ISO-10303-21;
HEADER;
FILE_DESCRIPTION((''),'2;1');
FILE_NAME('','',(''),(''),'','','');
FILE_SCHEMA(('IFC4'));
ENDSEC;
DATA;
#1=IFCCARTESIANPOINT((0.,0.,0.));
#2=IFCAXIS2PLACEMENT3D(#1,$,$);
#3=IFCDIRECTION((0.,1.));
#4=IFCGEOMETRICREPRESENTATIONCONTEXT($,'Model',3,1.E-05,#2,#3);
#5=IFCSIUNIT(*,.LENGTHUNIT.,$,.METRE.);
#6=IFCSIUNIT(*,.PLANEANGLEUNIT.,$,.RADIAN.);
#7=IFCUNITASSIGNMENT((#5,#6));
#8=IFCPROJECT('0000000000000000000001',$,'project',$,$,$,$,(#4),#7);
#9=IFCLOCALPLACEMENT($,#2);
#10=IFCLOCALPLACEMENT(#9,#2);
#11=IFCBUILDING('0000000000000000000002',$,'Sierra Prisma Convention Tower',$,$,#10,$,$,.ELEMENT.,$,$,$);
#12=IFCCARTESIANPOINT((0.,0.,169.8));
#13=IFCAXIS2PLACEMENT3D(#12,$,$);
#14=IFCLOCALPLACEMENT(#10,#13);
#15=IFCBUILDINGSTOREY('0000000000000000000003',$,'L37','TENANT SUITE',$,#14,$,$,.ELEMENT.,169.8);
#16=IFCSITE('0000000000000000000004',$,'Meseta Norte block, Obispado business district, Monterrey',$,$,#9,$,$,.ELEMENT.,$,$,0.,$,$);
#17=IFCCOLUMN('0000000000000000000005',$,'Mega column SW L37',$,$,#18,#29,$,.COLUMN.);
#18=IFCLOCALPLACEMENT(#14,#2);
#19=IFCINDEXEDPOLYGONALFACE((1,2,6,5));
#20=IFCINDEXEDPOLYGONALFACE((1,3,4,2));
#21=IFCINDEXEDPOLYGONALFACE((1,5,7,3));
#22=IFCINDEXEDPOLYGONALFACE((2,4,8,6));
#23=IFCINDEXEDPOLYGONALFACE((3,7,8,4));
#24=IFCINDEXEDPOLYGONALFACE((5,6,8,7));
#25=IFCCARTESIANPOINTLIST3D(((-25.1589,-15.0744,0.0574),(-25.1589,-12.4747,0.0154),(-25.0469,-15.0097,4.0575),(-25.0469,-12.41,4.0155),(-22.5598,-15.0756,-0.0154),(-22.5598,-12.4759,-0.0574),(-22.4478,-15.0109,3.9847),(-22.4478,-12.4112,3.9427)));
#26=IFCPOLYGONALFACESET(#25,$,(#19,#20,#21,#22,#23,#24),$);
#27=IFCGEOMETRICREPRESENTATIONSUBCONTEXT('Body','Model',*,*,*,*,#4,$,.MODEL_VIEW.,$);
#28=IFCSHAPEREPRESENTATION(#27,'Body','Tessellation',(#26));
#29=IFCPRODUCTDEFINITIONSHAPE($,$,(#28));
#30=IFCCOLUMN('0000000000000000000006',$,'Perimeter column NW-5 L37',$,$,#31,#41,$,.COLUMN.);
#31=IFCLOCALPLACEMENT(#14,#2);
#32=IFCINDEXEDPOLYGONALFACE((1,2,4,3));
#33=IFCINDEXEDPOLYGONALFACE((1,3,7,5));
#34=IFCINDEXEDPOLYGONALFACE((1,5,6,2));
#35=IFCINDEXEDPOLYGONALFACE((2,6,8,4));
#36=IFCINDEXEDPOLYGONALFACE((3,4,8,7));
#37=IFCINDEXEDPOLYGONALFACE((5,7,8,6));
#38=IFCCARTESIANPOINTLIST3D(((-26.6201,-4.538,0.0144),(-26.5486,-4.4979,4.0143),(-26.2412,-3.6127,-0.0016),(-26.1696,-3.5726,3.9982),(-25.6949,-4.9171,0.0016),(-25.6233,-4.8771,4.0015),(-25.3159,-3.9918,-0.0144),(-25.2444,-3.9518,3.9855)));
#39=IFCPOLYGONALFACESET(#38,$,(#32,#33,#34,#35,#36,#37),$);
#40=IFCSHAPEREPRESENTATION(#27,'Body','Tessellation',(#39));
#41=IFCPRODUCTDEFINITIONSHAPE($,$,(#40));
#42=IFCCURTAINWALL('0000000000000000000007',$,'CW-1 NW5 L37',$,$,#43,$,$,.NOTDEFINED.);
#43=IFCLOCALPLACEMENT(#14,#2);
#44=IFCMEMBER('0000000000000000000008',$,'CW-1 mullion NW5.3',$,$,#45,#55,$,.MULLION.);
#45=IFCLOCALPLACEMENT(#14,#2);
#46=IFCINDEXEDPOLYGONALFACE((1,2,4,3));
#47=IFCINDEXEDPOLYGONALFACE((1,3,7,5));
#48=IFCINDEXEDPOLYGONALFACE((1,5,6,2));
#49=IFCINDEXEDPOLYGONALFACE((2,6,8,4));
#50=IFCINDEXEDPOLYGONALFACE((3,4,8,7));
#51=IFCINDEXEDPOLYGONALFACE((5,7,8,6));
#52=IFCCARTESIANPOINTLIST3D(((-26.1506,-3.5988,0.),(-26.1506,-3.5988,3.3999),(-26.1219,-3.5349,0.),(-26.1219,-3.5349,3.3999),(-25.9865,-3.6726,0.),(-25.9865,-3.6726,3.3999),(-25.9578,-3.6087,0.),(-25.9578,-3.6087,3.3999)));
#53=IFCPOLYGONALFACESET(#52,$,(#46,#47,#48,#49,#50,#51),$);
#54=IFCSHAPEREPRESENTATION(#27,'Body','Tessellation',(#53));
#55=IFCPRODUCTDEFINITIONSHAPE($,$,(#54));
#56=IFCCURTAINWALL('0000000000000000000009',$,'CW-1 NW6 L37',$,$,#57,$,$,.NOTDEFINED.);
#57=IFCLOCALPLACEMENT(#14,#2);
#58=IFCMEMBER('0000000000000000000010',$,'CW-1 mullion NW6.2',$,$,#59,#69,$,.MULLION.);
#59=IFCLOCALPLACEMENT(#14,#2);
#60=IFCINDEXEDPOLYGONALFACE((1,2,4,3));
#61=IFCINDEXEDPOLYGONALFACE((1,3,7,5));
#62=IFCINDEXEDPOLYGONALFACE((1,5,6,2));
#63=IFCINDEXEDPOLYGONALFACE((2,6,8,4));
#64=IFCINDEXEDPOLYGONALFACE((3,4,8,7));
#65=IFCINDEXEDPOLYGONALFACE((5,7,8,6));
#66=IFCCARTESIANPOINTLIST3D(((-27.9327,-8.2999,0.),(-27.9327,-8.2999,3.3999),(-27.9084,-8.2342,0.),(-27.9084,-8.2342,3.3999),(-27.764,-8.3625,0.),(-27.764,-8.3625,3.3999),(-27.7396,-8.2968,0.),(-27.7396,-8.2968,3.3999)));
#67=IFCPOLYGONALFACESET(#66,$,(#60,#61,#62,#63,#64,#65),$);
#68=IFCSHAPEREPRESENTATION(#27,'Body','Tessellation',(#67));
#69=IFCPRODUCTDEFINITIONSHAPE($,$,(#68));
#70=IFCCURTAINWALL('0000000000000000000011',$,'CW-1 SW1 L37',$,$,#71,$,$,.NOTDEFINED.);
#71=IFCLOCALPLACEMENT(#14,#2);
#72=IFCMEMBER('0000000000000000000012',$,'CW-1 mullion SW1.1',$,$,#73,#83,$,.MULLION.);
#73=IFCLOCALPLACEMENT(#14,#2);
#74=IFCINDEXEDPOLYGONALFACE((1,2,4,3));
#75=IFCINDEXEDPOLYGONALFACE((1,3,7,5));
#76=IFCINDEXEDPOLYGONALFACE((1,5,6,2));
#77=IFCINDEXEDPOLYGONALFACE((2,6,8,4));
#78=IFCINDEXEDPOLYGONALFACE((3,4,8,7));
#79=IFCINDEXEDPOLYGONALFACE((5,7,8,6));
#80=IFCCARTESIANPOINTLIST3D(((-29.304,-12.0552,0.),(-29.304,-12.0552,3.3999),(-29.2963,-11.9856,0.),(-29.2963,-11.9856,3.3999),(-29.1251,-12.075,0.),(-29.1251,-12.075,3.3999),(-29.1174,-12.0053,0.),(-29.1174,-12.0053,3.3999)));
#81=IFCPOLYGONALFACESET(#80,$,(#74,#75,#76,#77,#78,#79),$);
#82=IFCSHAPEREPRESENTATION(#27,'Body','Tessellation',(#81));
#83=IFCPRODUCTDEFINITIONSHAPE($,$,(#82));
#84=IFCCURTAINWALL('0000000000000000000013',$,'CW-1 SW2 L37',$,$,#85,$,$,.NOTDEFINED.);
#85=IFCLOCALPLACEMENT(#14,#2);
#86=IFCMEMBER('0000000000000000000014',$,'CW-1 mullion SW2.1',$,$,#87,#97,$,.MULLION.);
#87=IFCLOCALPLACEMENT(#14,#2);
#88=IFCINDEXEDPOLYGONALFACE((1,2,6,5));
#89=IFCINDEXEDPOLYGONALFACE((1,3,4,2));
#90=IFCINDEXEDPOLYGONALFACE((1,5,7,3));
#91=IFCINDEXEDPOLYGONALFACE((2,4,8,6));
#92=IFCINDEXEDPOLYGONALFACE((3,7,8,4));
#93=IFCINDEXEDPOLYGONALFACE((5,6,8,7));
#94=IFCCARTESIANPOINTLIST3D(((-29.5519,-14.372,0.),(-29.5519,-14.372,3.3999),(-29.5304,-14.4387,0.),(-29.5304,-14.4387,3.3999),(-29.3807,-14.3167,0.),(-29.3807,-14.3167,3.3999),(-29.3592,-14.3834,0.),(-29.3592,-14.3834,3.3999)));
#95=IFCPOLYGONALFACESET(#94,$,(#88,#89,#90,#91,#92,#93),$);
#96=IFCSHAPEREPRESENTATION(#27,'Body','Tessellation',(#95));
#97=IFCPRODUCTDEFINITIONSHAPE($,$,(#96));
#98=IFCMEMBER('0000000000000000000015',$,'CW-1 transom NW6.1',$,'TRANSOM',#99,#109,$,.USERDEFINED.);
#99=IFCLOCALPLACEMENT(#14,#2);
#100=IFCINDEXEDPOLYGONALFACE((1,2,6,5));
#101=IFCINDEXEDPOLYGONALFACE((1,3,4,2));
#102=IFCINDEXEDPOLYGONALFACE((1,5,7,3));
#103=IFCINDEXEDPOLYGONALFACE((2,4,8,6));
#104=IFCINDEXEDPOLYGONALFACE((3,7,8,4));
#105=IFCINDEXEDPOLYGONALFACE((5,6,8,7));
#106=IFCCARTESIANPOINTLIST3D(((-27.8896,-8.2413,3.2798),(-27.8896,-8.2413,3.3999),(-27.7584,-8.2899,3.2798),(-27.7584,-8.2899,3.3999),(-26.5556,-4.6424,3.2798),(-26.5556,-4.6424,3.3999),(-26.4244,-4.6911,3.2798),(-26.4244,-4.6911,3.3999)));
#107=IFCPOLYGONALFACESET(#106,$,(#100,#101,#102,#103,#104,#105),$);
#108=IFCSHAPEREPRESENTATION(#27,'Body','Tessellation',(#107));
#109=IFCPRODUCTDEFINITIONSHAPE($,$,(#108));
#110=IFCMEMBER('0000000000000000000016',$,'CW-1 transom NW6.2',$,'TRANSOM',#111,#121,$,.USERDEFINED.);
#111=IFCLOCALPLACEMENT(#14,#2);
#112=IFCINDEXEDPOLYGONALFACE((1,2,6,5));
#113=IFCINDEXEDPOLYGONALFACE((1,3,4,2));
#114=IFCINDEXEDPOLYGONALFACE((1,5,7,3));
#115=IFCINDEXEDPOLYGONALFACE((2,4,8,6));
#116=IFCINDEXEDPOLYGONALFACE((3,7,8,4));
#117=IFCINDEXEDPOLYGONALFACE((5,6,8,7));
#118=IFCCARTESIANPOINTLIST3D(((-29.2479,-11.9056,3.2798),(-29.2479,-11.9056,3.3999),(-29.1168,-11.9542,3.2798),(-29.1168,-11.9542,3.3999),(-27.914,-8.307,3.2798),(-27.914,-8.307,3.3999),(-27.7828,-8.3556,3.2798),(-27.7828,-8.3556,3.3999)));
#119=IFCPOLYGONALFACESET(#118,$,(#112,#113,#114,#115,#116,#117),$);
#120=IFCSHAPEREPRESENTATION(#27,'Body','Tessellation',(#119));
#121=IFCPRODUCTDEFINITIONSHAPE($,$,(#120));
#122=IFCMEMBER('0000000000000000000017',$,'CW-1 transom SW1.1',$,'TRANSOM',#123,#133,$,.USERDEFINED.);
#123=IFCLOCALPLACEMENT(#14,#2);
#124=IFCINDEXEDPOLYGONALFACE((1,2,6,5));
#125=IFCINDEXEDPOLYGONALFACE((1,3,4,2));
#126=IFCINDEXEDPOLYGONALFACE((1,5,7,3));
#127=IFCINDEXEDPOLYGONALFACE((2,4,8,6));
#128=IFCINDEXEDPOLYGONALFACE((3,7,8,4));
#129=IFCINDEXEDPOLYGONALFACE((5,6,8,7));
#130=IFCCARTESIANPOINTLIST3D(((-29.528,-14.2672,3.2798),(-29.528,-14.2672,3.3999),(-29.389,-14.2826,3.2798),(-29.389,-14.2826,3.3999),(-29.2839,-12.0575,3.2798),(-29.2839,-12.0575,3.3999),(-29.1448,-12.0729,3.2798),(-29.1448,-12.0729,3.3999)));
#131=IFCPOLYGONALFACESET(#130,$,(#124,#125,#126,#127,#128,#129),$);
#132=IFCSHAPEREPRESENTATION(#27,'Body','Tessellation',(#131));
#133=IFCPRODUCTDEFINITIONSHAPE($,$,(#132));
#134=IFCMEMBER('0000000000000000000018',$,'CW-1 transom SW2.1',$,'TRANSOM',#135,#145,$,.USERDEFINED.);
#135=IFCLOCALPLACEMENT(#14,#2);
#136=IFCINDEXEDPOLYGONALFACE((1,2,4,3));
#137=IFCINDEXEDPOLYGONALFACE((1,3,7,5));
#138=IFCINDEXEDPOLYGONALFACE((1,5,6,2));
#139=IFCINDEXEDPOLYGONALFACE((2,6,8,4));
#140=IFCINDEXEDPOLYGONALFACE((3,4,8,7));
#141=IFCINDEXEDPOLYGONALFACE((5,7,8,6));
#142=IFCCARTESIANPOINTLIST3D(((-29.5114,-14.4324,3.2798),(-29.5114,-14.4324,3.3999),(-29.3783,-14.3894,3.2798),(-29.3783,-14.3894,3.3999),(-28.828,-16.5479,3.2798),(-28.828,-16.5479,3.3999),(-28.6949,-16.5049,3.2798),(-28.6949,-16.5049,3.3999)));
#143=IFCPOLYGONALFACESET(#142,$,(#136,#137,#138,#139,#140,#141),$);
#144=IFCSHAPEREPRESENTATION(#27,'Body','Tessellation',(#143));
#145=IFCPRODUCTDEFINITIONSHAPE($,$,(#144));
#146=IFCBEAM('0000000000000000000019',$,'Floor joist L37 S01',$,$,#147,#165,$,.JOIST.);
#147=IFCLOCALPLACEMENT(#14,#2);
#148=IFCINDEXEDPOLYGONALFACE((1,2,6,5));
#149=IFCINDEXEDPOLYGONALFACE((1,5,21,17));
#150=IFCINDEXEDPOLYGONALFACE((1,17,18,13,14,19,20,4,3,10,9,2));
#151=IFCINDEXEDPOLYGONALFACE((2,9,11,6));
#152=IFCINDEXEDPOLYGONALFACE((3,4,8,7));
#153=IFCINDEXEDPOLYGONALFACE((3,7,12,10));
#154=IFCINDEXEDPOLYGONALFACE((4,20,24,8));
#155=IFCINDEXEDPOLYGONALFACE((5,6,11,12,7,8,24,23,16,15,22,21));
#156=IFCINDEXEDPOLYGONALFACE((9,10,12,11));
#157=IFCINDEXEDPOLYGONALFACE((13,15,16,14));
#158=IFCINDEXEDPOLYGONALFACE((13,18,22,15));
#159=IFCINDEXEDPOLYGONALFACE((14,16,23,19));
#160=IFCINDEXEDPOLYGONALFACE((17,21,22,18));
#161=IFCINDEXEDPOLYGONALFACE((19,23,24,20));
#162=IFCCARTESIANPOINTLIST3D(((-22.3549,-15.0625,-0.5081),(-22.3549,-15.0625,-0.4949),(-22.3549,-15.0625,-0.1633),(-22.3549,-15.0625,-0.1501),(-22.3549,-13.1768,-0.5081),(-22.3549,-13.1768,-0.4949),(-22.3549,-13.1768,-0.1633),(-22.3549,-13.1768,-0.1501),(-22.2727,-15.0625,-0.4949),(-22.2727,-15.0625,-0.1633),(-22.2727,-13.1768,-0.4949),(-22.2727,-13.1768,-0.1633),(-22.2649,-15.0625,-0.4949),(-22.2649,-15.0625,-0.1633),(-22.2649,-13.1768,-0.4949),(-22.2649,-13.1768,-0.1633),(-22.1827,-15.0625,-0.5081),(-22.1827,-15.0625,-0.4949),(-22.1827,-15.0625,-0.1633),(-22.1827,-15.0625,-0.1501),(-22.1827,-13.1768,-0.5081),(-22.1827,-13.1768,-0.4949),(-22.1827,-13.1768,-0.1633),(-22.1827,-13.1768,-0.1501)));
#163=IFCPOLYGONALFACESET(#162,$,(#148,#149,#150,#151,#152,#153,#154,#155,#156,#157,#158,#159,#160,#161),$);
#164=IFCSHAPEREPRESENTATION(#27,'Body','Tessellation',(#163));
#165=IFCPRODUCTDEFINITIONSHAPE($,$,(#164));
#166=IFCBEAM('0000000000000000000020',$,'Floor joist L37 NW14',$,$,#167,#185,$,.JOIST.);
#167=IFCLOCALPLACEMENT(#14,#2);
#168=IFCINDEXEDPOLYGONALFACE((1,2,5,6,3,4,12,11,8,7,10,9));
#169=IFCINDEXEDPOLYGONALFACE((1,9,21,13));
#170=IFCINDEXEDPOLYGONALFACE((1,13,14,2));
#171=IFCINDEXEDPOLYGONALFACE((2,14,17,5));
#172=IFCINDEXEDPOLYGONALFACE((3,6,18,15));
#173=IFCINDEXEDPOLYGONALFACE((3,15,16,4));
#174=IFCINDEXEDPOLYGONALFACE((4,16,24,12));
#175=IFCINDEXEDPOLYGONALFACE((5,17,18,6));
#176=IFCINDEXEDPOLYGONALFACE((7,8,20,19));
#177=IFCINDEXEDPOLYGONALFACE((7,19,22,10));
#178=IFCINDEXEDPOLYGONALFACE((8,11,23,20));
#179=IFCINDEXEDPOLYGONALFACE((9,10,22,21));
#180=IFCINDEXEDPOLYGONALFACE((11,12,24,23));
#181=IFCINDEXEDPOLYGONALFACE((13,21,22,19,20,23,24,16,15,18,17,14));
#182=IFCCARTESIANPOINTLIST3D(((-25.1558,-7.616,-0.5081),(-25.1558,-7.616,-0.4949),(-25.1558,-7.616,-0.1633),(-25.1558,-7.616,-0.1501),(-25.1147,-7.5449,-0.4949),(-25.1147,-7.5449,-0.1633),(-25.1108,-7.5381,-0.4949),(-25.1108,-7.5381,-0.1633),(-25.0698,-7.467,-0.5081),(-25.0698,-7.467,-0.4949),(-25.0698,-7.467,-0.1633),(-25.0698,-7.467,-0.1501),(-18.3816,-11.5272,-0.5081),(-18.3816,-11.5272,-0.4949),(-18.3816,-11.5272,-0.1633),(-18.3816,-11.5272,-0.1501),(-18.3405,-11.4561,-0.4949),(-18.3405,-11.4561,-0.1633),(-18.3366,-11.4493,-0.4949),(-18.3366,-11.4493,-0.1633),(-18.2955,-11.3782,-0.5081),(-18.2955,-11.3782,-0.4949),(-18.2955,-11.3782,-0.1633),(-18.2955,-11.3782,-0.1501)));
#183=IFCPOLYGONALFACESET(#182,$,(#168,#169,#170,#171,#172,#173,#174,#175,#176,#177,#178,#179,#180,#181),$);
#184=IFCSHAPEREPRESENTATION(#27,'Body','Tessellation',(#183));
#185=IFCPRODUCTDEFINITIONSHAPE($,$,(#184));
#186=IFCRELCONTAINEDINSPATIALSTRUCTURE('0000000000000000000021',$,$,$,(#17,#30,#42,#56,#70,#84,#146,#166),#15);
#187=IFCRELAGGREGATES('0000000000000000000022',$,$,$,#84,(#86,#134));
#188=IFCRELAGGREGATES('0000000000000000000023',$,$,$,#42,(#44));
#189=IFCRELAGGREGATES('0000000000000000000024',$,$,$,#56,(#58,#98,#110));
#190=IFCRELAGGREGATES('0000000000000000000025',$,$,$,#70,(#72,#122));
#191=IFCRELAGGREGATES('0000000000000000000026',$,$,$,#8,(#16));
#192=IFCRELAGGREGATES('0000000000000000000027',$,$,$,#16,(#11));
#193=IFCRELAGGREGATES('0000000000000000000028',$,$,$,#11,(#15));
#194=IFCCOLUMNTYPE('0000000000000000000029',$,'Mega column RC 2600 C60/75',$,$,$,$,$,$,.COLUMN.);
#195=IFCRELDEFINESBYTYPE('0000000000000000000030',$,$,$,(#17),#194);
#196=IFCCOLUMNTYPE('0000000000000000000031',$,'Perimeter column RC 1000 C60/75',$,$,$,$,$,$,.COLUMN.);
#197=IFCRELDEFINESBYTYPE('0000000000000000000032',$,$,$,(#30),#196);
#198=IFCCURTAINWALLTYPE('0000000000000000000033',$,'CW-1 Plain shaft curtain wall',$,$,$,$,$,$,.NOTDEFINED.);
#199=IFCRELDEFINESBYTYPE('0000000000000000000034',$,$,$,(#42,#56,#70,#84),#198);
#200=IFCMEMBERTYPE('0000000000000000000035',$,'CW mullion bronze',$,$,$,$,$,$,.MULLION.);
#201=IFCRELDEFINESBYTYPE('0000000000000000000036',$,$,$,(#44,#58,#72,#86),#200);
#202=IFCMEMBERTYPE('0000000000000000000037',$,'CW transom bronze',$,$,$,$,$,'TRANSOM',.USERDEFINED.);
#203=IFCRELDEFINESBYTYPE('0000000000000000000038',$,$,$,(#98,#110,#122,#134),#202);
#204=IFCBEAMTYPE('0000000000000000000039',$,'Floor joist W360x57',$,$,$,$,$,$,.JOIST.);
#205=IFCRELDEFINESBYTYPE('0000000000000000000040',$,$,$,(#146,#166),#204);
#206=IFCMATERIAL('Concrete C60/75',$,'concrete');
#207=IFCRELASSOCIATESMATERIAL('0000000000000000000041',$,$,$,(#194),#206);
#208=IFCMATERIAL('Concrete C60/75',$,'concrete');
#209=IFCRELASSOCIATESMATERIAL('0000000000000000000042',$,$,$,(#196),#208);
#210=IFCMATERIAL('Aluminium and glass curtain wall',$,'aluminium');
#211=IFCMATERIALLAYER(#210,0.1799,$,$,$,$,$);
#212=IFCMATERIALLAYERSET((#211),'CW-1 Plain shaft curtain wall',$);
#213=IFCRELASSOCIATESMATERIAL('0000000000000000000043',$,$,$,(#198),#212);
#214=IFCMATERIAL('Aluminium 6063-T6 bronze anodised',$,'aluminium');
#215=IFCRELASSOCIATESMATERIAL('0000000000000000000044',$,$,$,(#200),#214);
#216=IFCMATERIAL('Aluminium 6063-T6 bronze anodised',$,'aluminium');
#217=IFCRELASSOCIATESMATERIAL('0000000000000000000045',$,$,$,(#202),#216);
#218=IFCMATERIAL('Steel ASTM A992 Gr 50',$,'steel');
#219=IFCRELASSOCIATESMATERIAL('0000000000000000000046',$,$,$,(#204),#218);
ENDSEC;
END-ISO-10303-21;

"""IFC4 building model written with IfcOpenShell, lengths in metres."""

from ifc_helpers import new_model, si_unit, direction, frame, origin, origin_2d, place, context, subcontext, project, spatial, rectangle, i_section, extrude, material, layer, layer_set, material_profile, profile_set, type_object, element, aggregate, save


model = new_model("IFC4")

# Units and contexts
model_context = context("Model", 3, precision=1e-05, world=origin(), true_north=direction((0.0, 1.0)))
body_context = subcontext(model_context, "Body", "Model", "MODEL_VIEW")
ifc_project = project(units=[si_unit("LENGTHUNIT", "METRE"), si_unit("PLANEANGLEUNIT", "RADIAN")], contexts=[model_context])

# Site, building, storey
site_placement = place(None, origin())
site = spatial("IfcSite", under=ifc_project, at=site_placement, Name="Meseta Norte block, Obispado business district, Monterrey", CompositionType="ELEMENT", RefElevation=0.0)
building_placement = place(site_placement, origin())
building = spatial("IfcBuilding", under=site, at=building_placement, Name="Sierra Prisma Convention Tower", CompositionType="ELEMENT")
storey_placement = place(building_placement, frame((0.0, 0.0, 169.8)))
storey = spatial("IfcBuildingStorey", under=building, at=storey_placement, Name="L37", Description="TENANT SUITE", CompositionType="ELEMENT", Elevation=169.8)

# Columns
ifc_material_1 = material(Name="Concrete C60/75", Category="concrete")
ifc_material_profile_1 = material_profile(ifc_material_1, rectangle(XDim=2.6001, YDim=2.6001, at=origin_2d()), Name="Mega column RC 2600 C60/75")
ifc_profile_set_1 = profile_set([ifc_material_profile_1], Name="Concrete C60/75")
column_type_1 = type_object("IfcColumnType", Name="Mega column RC 2600 C60/75", PredefinedType="COLUMN", material=ifc_profile_set_1)
column_1_placement = place(storey_placement, frame((-23.8594, -13.7751, 0.0), z_axis=(0.028, 0.016166, 0.999477), x_axis=(0.999608, -0.000453, -0.027997)))
element("IfcColumn", 1, at=column_1_placement, inside=storey, type_object=column_type_1, Name="Mega column SW L37", PredefinedType="COLUMN", context=body_context, shape_type="SweptSolid", body=[
    extrude(rectangle(XDim=2.6001, YDim=2.6001, at=origin_2d()), origin(), (0.0, 0.0, 1.0), 4.0022),
])
ifc_material_2 = material(Name="Concrete C60/75", Category="concrete")
ifc_material_profile_2 = material_profile(ifc_material_2, rectangle(XDim=1.0, YDim=1.0, at=origin_2d()), Name="Perimeter column RC 1000 C60/75")
ifc_profile_set_2 = profile_set([ifc_material_profile_2], Name="Concrete C60/75")
column_type_2 = type_object("IfcColumnType", Name="Perimeter column RC 1000 C60/75", PredefinedType="COLUMN", material=ifc_profile_set_2)
column_2_placement = place(storey_placement, frame((-25.968, -4.2649, 0.0), z_axis=(0.01788, 0.010008, 0.99979), x_axis=(0.37894, 0.925282, -0.016039)))
element("IfcColumn", 2, at=column_2_placement, inside=storey, type_object=column_type_2, Name="Perimeter column NW-5 L37", PredefinedType="COLUMN", context=body_context, shape_type="SweptSolid", body=[
    extrude(rectangle(XDim=1.0, YDim=1.0, at=origin_2d()), origin(), (0.0, 0.0, 1.0), 4.0007),
])

# Curtain walls, members
ifc_material_3 = material(Name="Aluminium and glass curtain wall", Category="aluminium")
ifc_layer_1 = layer(ifc_material_3, 0.1799)
ifc_layer_set_1 = layer_set([ifc_layer_1], Name="CW-1 Plain shaft curtain wall")
curtain_wall_type = type_object("IfcCurtainWallType", Name="CW-1 Plain shaft curtain wall", PredefinedType="NOTDEFINED", material=ifc_layer_set_1)
curtain_wall_1_placement = place(storey_placement, origin())
curtain_wall_1 = element("IfcCurtainWall", 3, at=curtain_wall_1_placement, inside=storey, type_object=curtain_wall_type, Name="CW-1 NW5 L37", PredefinedType="NOTDEFINED")
ifc_material_4 = material(Name="Aluminium 6063-T6 bronze anodised", Category="aluminium")
ifc_material_profile_3 = material_profile(ifc_material_4, rectangle(XDim=0.1799, YDim=0.0701, at=origin_2d()), Name="ALU MULLION 70x180")
ifc_profile_set_3 = profile_set([ifc_material_profile_3], Name="Aluminium 6063-T6 bronze anodised")
member_type_1 = type_object("IfcMemberType", Name="CW mullion bronze", PredefinedType="MULLION", material=ifc_profile_set_3)
member_1_placement = place(storey_placement, frame((-26.0542, -3.6038, 0.0), z_axis=(0.0, 0.0, 1.0), x_axis=(0.912092, -0.409985, 0.0)))
member_1 = element("IfcMember", 4, at=member_1_placement, type_object=member_type_1, Name="CW-1 mullion NW5.3", PredefinedType="MULLION", context=body_context, shape_type="SweptSolid", body=[
    extrude(rectangle(XDim=0.1799, YDim=0.0701, at=origin_2d()), origin(), (0.0, 0.0, 1.0), 3.3999),
])
curtain_wall_2_placement = place(storey_placement, origin())
curtain_wall_2 = element("IfcCurtainWall", 5, at=curtain_wall_2_placement, inside=storey, type_object=curtain_wall_type, Name="CW-1 NW6 L37", PredefinedType="NOTDEFINED")
member_2_placement = place(storey_placement, frame((-27.8362, -8.2983, 0.0), z_axis=(0.0, 0.0, 1.0), x_axis=(0.937648, -0.347587, 0.0)))
member_2 = element("IfcMember", 6, at=member_2_placement, type_object=member_type_1, Name="CW-1 mullion NW6.2", PredefinedType="MULLION", context=body_context, shape_type="SweptSolid", body=[
    extrude(rectangle(XDim=0.1799, YDim=0.0701, at=origin_2d()), origin(), (0.0, 0.0, 1.0), 3.3999),
])
curtain_wall_3_placement = place(storey_placement, origin())
curtain_wall_3 = element("IfcCurtainWall", 7, at=curtain_wall_3_placement, inside=storey, type_object=curtain_wall_type, Name="CW-1 SW1 L37", PredefinedType="NOTDEFINED")
member_3_placement = place(storey_placement, frame((-29.2107, -12.0303, 0.0), z_axis=(0.0, 0.0, 1.0), x_axis=(0.99395, -0.109835, 0.0)))
member_3 = element("IfcMember", 8, at=member_3_placement, type_object=member_type_1, Name="CW-1 mullion SW1.1", PredefinedType="MULLION", context=body_context, shape_type="SweptSolid", body=[
    extrude(rectangle(XDim=0.1799, YDim=0.0701, at=origin_2d()), origin(), (0.0, 0.0, 1.0), 3.3999),
])
curtain_wall_4_placement = place(storey_placement, origin())
curtain_wall_4 = element("IfcCurtainWall", 9, at=curtain_wall_4_placement, inside=storey, type_object=curtain_wall_type, Name="CW-1 SW2 L37", PredefinedType="NOTDEFINED")
member_4_placement = place(storey_placement, frame((-29.4556, -14.3777, 0.0), z_axis=(0.0, 0.0, 1.0), x_axis=(0.951605, 0.307325, 0.0)))
member_4 = element("IfcMember", 10, at=member_4_placement, type_object=member_type_1, Name="CW-1 mullion SW2.1", PredefinedType="MULLION", context=body_context, shape_type="SweptSolid", body=[
    extrude(rectangle(XDim=0.1799, YDim=0.0701, at=origin_2d()), origin(), (0.0, 0.0, 1.0), 3.3999),
])

# Members
ifc_material_5 = material(Name="Aluminium 6063-T6 bronze anodised", Category="aluminium")
ifc_material_profile_4 = material_profile(ifc_material_5, rectangle(XDim=0.1399, YDim=0.1201, at=origin_2d()), Name="ALU TRANSOM 120x140")
ifc_profile_set_4 = profile_set([ifc_material_profile_4], Name="Aluminium 6063-T6 bronze anodised")
member_type_2 = type_object("IfcMemberType", Name="CW transom bronze", ElementType="TRANSOM", PredefinedType="USERDEFINED", material=ifc_profile_set_4)
member_5_placement = place(storey_placement, frame((-26.49, -4.6667, 3.3398), z_axis=(-0.347559, -0.937658, 0.0), x_axis=(0.937658, -0.347559, 0.0)))
member_5 = element("IfcMember", 11, at=member_5_placement, type_object=member_type_2, Name="CW-1 transom NW6.1", ObjectType="TRANSOM", PredefinedType="USERDEFINED", context=body_context, shape_type="SweptSolid", body=[
    extrude(rectangle(XDim=0.1399, YDim=0.1201, at=origin_2d()), origin(), (0.0, 0.0, 1.0), 3.8381),
])
member_6_placement = place(storey_placement, frame((-27.8484, -8.3313, 3.3398), z_axis=(-0.34758, -0.937651, 0.0), x_axis=(0.937651, -0.34758, 0.0)))
member_6 = element("IfcMember", 12, at=member_6_placement, type_object=member_type_2, Name="CW-1 transom NW6.2", ObjectType="TRANSOM", PredefinedType="USERDEFINED", context=body_context, shape_type="SweptSolid", body=[
    extrude(rectangle(XDim=0.1399, YDim=0.1201, at=origin_2d()), origin(), (0.0, 0.0, 1.0), 3.8379),
])
member_7_placement = place(storey_placement, frame((-29.2144, -12.0652, 3.3398), z_axis=(-0.109817, -0.993952, 0.0), x_axis=(0.993952, -0.109817, 0.0)))
member_7 = element("IfcMember", 13, at=member_7_placement, type_object=member_type_2, Name="CW-1 transom SW1.1", ObjectType="TRANSOM", PredefinedType="USERDEFINED", context=body_context, shape_type="SweptSolid", body=[
    extrude(rectangle(XDim=0.1399, YDim=0.1201, at=origin_2d()), origin(), (0.0, 0.0, 1.0), 2.2231),
])
member_8_placement = place(storey_placement, frame((-29.4448, -14.4109, 3.3398), z_axis=(0.307385, -0.951585, 0.0), x_axis=(0.951585, 0.307385, 0.0)))
member_8 = element("IfcMember", 14, at=member_8_placement, type_object=member_type_2, Name="CW-1 transom SW2.1", ObjectType="TRANSOM", PredefinedType="USERDEFINED", context=body_context, shape_type="SweptSolid", body=[
    extrude(rectangle(XDim=0.1399, YDim=0.1201, at=origin_2d()), origin(), (0.0, 0.0, 1.0), 2.2231),
])
aggregate(curtain_wall_4, [member_4, member_8])

# Beams
ifc_material_6 = material(Name="Steel ASTM A992 Gr 50", Category="steel")
ifc_material_profile_5 = material_profile(ifc_material_6, i_section(OverallWidth=0.1721, OverallDepth=0.3579, WebThickness=0.0078, FlangeThickness=0.0132, at=origin_2d()), Name="W360x57")
ifc_profile_set_5 = profile_set([ifc_material_profile_5], Name="Steel ASTM A992 Gr 50")
beam_type_1 = type_object("IfcBeamType", Name="Floor joist W360x57", PredefinedType="JOIST", material=ifc_profile_set_5)
beam_1_placement = place(storey_placement, frame((-22.2688, -15.0625, -0.3291), z_axis=(0.0, 1.0, 0.0), x_axis=(-1.0, 0.0, 0.0)))
element("IfcBeam", 15, at=beam_1_placement, inside=storey, type_object=beam_type_1, Name="Floor joist L37 S01", PredefinedType="JOIST", context=body_context, shape_type="SweptSolid", body=[
    extrude(i_section(OverallWidth=0.1721, OverallDepth=0.3579, WebThickness=0.0078, FlangeThickness=0.0132, at=origin_2d()), origin(), (0.0, 0.0, 1.0), 1.8857),
])
beam_2_placement = place(storey_placement, frame((-25.1128, -7.5415, -0.3291), z_axis=(0.866022, -0.500006, 0.0), x_axis=(0.500006, 0.866022, 0.0)))
element("IfcBeam", 16, at=beam_2_placement, inside=storey, type_object=beam_type_1, Name="Floor joist L37 NW14", PredefinedType="JOIST", context=body_context, shape_type="SweptSolid", body=[
    extrude(i_section(OverallWidth=0.1721, OverallDepth=0.3579, WebThickness=0.0078, FlangeThickness=0.0132, at=origin_2d()), origin(), (0.0, 0.0, 1.0), 7.8223),
])

aggregate(curtain_wall_1, [member_1])
aggregate(curtain_wall_2, [member_2, member_5, member_6])
aggregate(curtain_wall_3, [member_3, member_7])

save(model, "model.ifc")
